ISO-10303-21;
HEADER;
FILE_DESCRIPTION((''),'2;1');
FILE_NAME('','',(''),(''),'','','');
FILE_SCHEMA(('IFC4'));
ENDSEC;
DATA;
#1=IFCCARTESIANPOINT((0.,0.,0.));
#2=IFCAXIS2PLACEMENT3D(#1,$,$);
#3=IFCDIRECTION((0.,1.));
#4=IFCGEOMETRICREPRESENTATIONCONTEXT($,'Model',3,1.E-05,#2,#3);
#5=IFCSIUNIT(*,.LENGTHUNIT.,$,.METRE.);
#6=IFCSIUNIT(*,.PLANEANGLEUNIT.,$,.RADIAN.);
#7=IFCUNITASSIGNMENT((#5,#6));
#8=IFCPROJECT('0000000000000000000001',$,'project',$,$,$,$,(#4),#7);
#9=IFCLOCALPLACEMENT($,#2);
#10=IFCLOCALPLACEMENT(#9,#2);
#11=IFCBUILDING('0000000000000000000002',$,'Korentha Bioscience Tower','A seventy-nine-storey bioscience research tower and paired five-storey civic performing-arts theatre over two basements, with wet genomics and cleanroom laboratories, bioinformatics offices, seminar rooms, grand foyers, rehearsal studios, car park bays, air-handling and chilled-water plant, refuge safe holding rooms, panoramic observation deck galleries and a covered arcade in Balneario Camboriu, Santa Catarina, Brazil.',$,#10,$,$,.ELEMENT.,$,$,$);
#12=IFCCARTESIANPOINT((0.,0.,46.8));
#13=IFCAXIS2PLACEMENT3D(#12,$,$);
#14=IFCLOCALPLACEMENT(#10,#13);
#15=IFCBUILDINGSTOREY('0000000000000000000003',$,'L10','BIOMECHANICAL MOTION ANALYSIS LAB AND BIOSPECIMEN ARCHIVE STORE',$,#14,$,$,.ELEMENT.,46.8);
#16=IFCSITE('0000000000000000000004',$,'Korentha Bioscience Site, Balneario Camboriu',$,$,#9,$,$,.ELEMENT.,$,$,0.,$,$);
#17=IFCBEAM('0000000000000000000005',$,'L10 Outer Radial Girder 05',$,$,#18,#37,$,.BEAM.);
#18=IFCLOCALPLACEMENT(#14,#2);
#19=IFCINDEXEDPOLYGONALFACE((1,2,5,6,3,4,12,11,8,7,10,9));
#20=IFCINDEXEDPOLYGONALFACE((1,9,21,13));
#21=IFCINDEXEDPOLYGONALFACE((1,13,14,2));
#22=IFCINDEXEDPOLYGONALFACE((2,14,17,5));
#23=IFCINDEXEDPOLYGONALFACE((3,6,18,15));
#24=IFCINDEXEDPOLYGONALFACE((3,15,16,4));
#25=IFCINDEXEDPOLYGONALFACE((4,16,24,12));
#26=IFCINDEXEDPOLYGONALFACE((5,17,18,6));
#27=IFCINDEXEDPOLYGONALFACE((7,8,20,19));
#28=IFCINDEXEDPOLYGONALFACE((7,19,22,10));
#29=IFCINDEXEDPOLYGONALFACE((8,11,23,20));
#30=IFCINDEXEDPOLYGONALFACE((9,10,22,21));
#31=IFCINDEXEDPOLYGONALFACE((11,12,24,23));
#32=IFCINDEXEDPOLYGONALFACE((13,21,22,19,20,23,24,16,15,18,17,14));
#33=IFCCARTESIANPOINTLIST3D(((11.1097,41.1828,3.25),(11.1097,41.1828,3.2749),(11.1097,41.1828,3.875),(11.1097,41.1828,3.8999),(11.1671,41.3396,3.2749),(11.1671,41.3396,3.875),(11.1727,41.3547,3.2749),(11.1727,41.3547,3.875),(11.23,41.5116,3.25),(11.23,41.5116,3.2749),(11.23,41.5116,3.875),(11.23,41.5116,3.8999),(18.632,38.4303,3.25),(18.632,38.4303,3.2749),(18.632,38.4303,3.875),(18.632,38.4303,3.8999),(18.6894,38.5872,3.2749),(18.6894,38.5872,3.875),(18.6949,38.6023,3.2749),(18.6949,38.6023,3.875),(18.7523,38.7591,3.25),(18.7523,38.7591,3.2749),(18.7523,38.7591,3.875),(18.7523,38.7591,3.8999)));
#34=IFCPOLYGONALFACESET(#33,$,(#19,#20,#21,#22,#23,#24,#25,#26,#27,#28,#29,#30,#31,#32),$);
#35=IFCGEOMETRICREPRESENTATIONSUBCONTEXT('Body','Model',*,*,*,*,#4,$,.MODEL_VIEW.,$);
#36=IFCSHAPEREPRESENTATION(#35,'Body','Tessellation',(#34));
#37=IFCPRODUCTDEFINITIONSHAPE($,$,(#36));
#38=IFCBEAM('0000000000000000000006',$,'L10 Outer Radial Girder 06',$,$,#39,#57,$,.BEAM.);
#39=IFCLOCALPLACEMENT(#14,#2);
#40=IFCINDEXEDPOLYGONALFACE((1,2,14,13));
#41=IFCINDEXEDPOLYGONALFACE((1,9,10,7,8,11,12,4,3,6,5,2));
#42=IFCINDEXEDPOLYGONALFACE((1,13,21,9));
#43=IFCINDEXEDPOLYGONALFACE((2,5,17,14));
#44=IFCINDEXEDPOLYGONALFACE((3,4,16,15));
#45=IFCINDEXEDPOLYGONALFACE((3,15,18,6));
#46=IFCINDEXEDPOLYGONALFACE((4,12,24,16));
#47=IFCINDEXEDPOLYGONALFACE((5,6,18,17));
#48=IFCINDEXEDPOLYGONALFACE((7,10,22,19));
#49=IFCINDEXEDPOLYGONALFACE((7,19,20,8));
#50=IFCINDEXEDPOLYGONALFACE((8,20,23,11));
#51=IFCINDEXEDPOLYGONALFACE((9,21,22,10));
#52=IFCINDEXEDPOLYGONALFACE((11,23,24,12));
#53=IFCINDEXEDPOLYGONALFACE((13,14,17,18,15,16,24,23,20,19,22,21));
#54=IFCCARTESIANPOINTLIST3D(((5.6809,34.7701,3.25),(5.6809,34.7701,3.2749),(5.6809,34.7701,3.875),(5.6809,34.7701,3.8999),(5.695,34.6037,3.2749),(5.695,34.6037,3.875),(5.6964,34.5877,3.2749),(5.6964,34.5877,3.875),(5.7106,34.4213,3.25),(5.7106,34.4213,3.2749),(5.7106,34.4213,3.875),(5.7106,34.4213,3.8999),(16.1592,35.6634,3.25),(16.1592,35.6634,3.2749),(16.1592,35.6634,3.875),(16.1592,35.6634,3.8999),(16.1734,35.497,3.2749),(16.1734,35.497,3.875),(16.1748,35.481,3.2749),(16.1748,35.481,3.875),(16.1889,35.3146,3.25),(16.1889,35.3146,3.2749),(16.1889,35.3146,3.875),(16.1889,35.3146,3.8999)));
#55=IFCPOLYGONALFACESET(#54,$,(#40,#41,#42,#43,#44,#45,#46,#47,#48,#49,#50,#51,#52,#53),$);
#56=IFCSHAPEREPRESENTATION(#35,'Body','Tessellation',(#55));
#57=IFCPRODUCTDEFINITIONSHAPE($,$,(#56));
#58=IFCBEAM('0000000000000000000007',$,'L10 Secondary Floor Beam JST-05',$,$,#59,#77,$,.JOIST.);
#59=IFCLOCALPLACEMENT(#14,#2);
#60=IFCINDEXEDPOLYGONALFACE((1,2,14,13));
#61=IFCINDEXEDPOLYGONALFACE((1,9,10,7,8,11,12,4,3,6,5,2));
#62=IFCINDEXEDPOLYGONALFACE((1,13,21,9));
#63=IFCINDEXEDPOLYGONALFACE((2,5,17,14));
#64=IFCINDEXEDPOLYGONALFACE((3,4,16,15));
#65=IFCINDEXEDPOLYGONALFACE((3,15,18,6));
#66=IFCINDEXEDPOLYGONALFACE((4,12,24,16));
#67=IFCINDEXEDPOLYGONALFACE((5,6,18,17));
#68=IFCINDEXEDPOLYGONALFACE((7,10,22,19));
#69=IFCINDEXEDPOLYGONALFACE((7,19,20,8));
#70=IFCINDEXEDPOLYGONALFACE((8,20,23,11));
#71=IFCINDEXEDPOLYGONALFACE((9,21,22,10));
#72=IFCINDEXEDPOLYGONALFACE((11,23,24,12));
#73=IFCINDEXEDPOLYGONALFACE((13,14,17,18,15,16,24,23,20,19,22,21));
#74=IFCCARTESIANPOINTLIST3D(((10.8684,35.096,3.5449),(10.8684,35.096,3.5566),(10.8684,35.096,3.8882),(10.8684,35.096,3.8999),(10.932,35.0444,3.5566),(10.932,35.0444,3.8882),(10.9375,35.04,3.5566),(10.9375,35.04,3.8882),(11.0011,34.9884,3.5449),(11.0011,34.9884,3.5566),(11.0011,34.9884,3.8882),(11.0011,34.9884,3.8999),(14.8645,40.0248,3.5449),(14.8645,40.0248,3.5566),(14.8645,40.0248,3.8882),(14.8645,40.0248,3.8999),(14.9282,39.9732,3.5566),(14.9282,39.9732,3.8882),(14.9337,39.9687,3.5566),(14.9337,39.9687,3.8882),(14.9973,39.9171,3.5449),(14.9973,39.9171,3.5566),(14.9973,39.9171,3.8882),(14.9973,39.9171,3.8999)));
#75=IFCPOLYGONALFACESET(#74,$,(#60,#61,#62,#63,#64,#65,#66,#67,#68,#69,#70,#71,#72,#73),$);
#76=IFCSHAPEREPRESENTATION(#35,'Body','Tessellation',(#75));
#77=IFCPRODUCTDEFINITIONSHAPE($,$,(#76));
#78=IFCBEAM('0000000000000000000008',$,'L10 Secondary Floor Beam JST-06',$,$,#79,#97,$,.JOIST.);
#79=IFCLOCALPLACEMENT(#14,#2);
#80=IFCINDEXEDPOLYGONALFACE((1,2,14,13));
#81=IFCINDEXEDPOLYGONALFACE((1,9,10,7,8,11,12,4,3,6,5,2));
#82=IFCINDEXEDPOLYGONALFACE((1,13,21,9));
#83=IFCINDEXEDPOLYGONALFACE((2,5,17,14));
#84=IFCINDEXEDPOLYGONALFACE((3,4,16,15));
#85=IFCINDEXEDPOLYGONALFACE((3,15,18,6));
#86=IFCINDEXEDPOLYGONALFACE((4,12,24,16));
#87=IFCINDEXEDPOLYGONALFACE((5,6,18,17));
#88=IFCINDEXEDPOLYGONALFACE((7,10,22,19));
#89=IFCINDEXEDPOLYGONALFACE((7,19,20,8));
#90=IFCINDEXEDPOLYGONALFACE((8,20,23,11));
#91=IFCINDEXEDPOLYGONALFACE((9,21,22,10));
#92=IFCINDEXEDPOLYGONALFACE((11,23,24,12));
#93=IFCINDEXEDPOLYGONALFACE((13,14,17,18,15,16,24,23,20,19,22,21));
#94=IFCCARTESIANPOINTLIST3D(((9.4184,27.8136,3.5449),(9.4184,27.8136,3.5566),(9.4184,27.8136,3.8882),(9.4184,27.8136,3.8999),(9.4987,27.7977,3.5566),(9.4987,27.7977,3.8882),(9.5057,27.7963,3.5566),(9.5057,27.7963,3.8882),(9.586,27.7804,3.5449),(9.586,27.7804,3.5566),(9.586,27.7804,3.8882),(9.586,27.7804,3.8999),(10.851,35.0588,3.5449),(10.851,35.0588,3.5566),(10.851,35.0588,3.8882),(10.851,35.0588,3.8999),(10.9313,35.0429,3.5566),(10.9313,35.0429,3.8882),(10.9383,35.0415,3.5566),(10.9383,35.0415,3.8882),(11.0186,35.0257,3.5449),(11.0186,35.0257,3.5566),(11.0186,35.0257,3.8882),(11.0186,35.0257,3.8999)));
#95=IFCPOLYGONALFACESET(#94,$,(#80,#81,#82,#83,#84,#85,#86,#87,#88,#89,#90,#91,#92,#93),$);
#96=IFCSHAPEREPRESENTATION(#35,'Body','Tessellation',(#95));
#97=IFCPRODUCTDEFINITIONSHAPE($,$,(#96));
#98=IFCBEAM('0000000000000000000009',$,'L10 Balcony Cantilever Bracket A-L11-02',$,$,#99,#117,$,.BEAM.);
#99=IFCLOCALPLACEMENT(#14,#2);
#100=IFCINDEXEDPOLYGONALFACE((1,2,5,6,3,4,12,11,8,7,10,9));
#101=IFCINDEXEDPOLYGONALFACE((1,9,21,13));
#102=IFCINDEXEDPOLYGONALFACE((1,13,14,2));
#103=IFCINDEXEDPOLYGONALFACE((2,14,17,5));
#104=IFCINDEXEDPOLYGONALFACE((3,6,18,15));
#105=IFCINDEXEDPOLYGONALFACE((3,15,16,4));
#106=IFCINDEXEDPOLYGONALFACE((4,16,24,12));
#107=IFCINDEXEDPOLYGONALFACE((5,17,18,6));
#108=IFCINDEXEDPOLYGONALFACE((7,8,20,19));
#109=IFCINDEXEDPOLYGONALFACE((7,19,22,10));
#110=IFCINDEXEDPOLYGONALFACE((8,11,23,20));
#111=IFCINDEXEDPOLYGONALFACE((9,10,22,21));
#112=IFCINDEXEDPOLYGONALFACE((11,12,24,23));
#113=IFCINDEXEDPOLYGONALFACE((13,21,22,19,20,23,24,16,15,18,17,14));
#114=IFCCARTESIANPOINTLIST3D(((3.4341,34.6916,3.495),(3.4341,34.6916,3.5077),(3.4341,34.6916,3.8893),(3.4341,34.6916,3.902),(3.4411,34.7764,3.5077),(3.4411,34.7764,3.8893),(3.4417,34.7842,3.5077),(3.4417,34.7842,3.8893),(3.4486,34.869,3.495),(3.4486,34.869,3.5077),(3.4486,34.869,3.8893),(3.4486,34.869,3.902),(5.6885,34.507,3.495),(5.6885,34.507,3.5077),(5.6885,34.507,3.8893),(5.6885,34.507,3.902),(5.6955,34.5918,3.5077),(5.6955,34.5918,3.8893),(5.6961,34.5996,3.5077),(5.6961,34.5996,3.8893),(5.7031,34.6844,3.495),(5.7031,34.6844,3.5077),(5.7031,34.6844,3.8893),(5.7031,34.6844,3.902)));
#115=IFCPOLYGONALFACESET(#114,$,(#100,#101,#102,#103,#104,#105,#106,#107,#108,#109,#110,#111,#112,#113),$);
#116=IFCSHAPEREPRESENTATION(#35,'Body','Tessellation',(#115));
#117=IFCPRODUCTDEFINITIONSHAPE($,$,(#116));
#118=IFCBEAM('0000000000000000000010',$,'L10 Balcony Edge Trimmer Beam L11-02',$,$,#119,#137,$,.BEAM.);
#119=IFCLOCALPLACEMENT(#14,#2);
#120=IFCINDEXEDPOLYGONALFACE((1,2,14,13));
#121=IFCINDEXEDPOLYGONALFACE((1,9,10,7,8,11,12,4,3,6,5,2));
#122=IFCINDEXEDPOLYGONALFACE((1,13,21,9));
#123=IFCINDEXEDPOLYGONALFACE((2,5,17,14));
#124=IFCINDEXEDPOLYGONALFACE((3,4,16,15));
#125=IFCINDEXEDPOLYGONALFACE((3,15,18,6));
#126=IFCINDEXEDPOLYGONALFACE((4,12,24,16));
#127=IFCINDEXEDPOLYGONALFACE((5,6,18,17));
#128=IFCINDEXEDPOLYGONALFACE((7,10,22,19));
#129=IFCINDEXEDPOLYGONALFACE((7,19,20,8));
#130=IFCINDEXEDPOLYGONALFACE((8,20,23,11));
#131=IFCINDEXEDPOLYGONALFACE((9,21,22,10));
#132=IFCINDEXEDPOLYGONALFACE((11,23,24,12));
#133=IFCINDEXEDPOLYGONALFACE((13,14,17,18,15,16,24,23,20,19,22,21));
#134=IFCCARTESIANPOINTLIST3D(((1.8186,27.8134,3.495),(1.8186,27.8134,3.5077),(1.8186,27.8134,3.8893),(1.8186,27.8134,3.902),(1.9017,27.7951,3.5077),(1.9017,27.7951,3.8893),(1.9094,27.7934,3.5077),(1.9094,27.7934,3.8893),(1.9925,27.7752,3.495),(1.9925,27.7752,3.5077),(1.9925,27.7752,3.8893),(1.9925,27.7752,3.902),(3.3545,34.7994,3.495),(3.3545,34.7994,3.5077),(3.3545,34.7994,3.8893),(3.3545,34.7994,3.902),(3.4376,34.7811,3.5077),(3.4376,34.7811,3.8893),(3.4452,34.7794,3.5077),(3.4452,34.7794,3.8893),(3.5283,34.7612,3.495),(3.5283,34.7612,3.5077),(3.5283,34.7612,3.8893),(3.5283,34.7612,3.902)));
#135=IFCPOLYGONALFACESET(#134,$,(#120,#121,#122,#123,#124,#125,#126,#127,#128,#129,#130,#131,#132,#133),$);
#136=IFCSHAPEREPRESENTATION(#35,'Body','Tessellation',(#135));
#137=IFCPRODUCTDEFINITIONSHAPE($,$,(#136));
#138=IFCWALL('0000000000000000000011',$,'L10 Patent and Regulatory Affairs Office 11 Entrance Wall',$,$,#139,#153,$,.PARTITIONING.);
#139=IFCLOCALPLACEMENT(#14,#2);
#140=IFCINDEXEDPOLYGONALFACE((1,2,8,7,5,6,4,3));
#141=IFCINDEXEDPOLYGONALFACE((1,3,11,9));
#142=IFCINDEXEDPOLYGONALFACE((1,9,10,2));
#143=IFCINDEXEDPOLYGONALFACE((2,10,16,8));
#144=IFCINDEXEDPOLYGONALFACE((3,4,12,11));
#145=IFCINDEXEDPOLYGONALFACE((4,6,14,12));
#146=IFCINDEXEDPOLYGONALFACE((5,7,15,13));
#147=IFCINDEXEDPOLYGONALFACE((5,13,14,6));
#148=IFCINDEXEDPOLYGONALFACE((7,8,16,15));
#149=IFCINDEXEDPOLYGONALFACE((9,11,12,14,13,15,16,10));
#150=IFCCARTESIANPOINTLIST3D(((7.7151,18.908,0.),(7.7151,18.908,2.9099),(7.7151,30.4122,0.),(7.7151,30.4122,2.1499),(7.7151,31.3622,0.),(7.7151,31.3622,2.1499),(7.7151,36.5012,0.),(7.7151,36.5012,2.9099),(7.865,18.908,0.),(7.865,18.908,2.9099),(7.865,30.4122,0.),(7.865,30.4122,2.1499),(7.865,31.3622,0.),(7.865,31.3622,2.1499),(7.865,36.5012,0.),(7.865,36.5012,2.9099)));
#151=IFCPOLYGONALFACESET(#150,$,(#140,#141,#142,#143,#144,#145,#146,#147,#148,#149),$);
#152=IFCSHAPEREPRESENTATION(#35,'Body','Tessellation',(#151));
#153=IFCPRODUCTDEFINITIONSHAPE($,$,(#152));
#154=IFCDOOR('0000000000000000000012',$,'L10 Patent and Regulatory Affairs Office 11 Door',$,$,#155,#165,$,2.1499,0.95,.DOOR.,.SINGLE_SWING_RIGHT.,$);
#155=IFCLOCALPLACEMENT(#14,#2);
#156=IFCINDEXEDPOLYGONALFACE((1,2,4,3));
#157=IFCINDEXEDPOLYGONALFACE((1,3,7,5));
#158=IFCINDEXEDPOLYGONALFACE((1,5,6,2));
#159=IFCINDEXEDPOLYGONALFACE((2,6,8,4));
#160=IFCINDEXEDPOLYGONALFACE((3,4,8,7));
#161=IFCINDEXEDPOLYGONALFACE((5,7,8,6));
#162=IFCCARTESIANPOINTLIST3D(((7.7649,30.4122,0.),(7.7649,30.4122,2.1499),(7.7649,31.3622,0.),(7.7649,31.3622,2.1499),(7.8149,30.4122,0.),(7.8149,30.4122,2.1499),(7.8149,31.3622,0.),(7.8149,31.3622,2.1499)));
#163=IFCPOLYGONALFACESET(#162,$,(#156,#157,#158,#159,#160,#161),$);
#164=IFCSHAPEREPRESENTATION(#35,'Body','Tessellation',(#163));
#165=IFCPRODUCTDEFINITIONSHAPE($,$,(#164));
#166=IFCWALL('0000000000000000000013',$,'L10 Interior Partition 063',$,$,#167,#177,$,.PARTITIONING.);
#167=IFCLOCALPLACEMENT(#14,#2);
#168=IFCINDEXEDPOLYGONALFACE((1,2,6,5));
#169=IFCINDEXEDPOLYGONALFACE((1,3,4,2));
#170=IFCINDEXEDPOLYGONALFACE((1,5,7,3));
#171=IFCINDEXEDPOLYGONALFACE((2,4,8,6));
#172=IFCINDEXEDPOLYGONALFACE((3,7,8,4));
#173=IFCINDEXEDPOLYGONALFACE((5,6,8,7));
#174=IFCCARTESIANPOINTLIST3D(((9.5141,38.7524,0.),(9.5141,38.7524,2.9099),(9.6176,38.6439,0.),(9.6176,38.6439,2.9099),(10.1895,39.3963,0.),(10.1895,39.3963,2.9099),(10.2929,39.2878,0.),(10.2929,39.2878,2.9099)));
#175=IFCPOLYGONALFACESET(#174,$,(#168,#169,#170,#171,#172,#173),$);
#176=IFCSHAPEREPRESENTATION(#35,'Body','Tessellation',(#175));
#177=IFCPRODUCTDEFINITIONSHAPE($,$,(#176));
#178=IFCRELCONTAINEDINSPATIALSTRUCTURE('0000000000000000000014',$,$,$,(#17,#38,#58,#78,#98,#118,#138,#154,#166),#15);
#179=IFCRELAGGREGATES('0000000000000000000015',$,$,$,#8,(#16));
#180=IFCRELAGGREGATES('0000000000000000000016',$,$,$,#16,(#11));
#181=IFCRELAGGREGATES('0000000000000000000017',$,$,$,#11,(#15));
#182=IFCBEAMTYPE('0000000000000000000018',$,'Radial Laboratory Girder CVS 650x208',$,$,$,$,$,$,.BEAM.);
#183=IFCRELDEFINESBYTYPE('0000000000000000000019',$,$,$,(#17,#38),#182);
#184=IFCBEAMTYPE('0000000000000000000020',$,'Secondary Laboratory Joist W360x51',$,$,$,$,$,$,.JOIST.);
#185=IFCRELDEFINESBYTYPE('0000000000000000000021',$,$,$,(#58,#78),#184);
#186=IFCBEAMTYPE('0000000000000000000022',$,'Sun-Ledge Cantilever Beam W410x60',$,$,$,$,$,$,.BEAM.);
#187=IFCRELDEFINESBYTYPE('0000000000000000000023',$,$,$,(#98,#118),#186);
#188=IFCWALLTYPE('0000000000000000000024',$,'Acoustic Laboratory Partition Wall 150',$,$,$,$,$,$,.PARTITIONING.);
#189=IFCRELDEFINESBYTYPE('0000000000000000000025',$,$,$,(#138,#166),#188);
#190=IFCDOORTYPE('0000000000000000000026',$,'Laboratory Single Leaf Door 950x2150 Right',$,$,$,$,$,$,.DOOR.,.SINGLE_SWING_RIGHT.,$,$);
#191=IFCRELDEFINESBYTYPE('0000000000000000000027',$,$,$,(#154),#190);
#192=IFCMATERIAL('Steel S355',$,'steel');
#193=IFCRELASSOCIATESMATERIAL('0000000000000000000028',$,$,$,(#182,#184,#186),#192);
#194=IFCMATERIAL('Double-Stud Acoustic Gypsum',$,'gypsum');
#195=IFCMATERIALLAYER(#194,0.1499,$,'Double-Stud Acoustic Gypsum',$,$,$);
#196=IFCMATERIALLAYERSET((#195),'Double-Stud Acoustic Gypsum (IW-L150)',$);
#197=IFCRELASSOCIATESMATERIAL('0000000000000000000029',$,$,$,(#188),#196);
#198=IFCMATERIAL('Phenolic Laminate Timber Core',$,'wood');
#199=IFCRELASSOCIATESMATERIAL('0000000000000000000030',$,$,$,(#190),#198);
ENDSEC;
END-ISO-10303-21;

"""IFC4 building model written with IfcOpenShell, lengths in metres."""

from ifc_helpers import new_model, si_unit, direction, frame, frame_2d, origin, origin_2d, place, context, subcontext, project, spatial, rectangle, i_section, extrude, material, layer, layer_set, material_profile, profile_set, type_object, element, fill, save


model = new_model("IFC4")

# Units and contexts
model_context = context("Model", 3, precision=1e-05, world=origin(), true_north=direction((0.0, 1.0)))
body_context = subcontext(model_context, "Body", "Model", "MODEL_VIEW")
ifc_project = project(units=[si_unit("LENGTHUNIT", "METRE"), si_unit("PLANEANGLEUNIT", "RADIAN")], contexts=[model_context])

# Site, building, storey
site_placement = place(None, origin())
site = spatial("IfcSite", under=ifc_project, at=site_placement, Name="Korentha Bioscience Site, Balneario Camboriu", CompositionType="ELEMENT", RefElevation=0.0)
building_placement = place(site_placement, origin())
building = spatial("IfcBuilding", under=site, at=building_placement, Name="Korentha Bioscience Tower", Description="A seventy-nine-storey bioscience research tower and paired five-storey civic performing-arts theatre over two basements, with wet genomics and cleanroom laboratories, bioinformatics offices, seminar rooms, grand foyers, rehearsal studios, car park bays, air-handling and chilled-water plant, refuge safe holding rooms, panoramic observation deck galleries and a covered arcade in Balneario Camboriu, Santa Catarina, Brazil.", CompositionType="ELEMENT")
storey_placement = place(building_placement, frame((0.0, 0.0, 46.8)))
storey = spatial("IfcBuildingStorey", under=building, at=storey_placement, Name="L10", Description="BIOMECHANICAL MOTION ANALYSIS LAB AND BIOSPECIMEN ARCHIVE STORE", CompositionType="ELEMENT", Elevation=46.8)

# Beams
ifc_material_1 = material(Name="Steel S355", Category="steel")
ifc_material_profile_1 = material_profile(ifc_material_1, i_section(OverallWidth=0.3501, OverallDepth=0.6499, WebThickness=0.0161, FlangeThickness=0.0249, at=origin_2d()), Name="Steel S355")
ifc_profile_set_1 = profile_set([ifc_material_profile_1], Name="Steel S355 (RB-650)")
beam_type_1 = type_object("IfcBeamType", Name="Radial Laboratory Girder CVS 650x208", PredefinedType="BEAM", material=ifc_profile_set_1)
beam_1_placement = place(storey_placement, frame((18.6921, 38.5947, 3.575), z_axis=(-0.939106, 0.343627, 0.0), x_axis=(-0.343627, -0.939106, 0.0)))
element("IfcBeam", 1, at=beam_1_placement, inside=storey, type_object=beam_type_1, Name="L10 Outer Radial Girder 05", PredefinedType="BEAM", context=body_context, shape_type="SweptSolid", body=[
    extrude(i_section(OverallWidth=0.3501, OverallDepth=0.6499, WebThickness=0.0161, FlangeThickness=0.0249, at=origin_2d()), origin(), (0.0, 0.0, 1.0), 8.01),
])
beam_2_placement = place(storey_placement, frame((16.1741, 35.489, 3.575), z_axis=(-0.996386, -0.084945, 0.0), x_axis=(0.084945, -0.996386, 0.0)))
element("IfcBeam", 2, at=beam_2_placement, inside=storey, type_object=beam_type_1, Name="L10 Outer Radial Girder 06", PredefinedType="BEAM", context=body_context, shape_type="SweptSolid", body=[
    extrude(i_section(OverallWidth=0.3501, OverallDepth=0.6499, WebThickness=0.0161, FlangeThickness=0.0249, at=origin_2d()), origin(), (0.0, 0.0, 1.0), 10.5164),
])
ifc_material_profile_2 = material_profile(ifc_material_1, i_section(OverallWidth=0.1709, OverallDepth=0.355, WebThickness=0.0071, FlangeThickness=0.0117, at=origin_2d()), Name="Steel S355")
ifc_profile_set_2 = profile_set([ifc_material_profile_2], Name="Steel S355 (JB-360)")
beam_type_2 = type_object("IfcBeamType", Name="Secondary Laboratory Joist W360x51", PredefinedType="JOIST", material=ifc_profile_set_2)
beam_3_placement = place(storey_placement, frame((14.9309, 39.9709, 3.7224), z_axis=(-0.629787, -0.776768, 0.0), x_axis=(0.776768, -0.629787, 0.0)))
element("IfcBeam", 3, at=beam_3_placement, inside=storey, type_object=beam_type_2, Name="L10 Secondary Floor Beam JST-05", PredefinedType="JOIST", context=body_context, shape_type="SweptSolid", body=[
    extrude(i_section(OverallWidth=0.1709, OverallDepth=0.355, WebThickness=0.0071, FlangeThickness=0.0117, at=origin_2d()), origin(), (0.0, 0.0, 1.0), 6.3452),
])
beam_4_placement = place(storey_placement, frame((10.9348, 35.0422, 3.7224), z_axis=(-0.19398, -0.981006, 0.0), x_axis=(0.981006, -0.19398, 0.0)))
element("IfcBeam", 4, at=beam_4_placement, inside=storey, type_object=beam_type_2, Name="L10 Secondary Floor Beam JST-06", PredefinedType="JOIST", context=body_context, shape_type="SweptSolid", body=[
    extrude(i_section(OverallWidth=0.1709, OverallDepth=0.355, WebThickness=0.0071, FlangeThickness=0.0117, at=origin_2d()), origin(), (0.0, 0.0, 1.0), 7.3855),
])
ifc_material_profile_3 = material_profile(ifc_material_1, i_section(OverallWidth=0.178, OverallDepth=0.407, WebThickness=0.0078, FlangeThickness=0.0127, at=origin_2d()), Name="Steel S355")
ifc_profile_set_3 = profile_set([ifc_material_profile_3], Name="Steel S355 (CB-410)")
beam_type_3 = type_object("IfcBeamType", Name="Sun-Ledge Cantilever Beam W410x60", PredefinedType="BEAM", material=ifc_profile_set_3)
beam_5_placement = place(storey_placement, frame((5.6958, 34.5957, 3.6985), z_axis=(-0.996665, 0.081598, 0.0), x_axis=(-0.081598, -0.996665, 0.0)))
element("IfcBeam", 5, at=beam_5_placement, inside=storey, type_object=beam_type_3, Name="L10 Balcony Cantilever Bracket A-L11-02", PredefinedType="BEAM", context=body_context, shape_type="SweptSolid", body=[
    extrude(i_section(OverallWidth=0.178, OverallDepth=0.407, WebThickness=0.0078, FlangeThickness=0.0127, at=origin_2d()), origin(), (0.0, 0.0, 1.0), 2.262),
])
beam_6_placement = place(storey_placement, frame((3.4414, 34.7803, 3.6985), z_axis=(-0.214722, -0.976675, 0.0), x_axis=(0.976675, -0.214722, 0.0)))
element("IfcBeam", 6, at=beam_6_placement, inside=storey, type_object=beam_type_3, Name="L10 Balcony Edge Trimmer Beam L11-02", PredefinedType="BEAM", context=body_context, shape_type="SweptSolid", body=[
    extrude(i_section(OverallWidth=0.178, OverallDepth=0.407, WebThickness=0.0078, FlangeThickness=0.0127, at=origin_2d()), origin(), (0.0, 0.0, 1.0), 7.1528),
])

# Wall, opening, door
ifc_material_2 = material(Name="Double-Stud Acoustic Gypsum", Category="gypsum")
ifc_layer_1 = layer(ifc_material_2, 0.1499, Name="Double-Stud Acoustic Gypsum")
ifc_layer_set_1 = layer_set([ifc_layer_1], Name="Double-Stud Acoustic Gypsum (IW-L150)")
wall_type_1 = type_object("IfcWallType", Name="Acoustic Laboratory Partition Wall 150", PredefinedType="PARTITIONING", material=ifc_layer_set_1)
wall_1_placement = place(storey_placement, frame((7.79, 36.5012, 0.0), z_axis=(0.0, 0.0, 1.0), x_axis=(0.0, -1.0, 0.0)))
wall_1 = element("IfcWall", 7, at=wall_1_placement, inside=storey, type_object=wall_type_1, Name="L10 Patent and Regulatory Affairs Office 11 Entrance Wall", PredefinedType="PARTITIONING", context=body_context, shape_type="SweptSolid", body=[
    extrude(rectangle(XDim=17.5933, YDim=0.1499, at=frame_2d((8.7966, 0.0))), origin(), (0.0, 0.0, 1.0), 2.9099),
])
opening_1_placement = place(wall_1_placement, frame((5.1389, 0.0, 0.0)))
opening_1 = element("IfcOpeningElement", 8, at=opening_1_placement, cuts=wall_1, PredefinedType="OPENING", context=body_context, shape_type="SweptSolid", body=[
    extrude(rectangle(XDim=0.95, YDim=2.1499, at=frame_2d((0.4751, 1.075))), frame((0.0, 0.0898, 0.0), z_axis=(0.0, -1.0, 0.0), x_axis=(1.0, 0.0, 0.0)), (0.0, 0.0, 1.0), 0.1797),
])
ifc_material_3 = material(Name="Phenolic Laminate Timber Core", Category="wood")
door_type_1 = type_object("IfcDoorType", Name="Laboratory Single Leaf Door 950x2150 Right", OperationType="SINGLE_SWING_RIGHT", PredefinedType="DOOR", material=ifc_material_3)
door_1_placement = place(opening_1_placement, origin())
door_1 = element("IfcDoor", 9, at=door_1_placement, inside=storey, type_object=door_type_1, Name="L10 Patent and Regulatory Affairs Office 11 Door", OperationType="SINGLE_SWING_RIGHT", OverallHeight=2.1499, OverallWidth=0.95, PredefinedType="DOOR", context=body_context, shape_type="SweptSolid", body=[
    extrude(rectangle(XDim=0.95, YDim=2.1499, at=frame_2d((0.4751, 1.075))), frame((0.0, 0.0249, 0.0), z_axis=(0.0, -1.0, 0.0), x_axis=(1.0, 0.0, 0.0)), (0.0, 0.0, 1.0), 0.05),
])
fill(opening_1, door_1)

# Wall
wall_2_placement = place(storey_placement, frame((10.2412, 39.342, 0.0), z_axis=(0.0, 0.0, 1.0), x_axis=(-0.723783, -0.690028, 0.0)))
element("IfcWall", 10, at=wall_2_placement, inside=storey, type_object=wall_type_1, Name="L10 Interior Partition 063", PredefinedType="PARTITIONING", context=body_context, shape_type="SweptSolid", body=[
    extrude(rectangle(XDim=0.9331, YDim=0.1499, at=frame_2d((0.4666, 0.0))), origin(), (0.0, 0.0, 1.0), 2.9099),
])

save(model, "model.ifc")
